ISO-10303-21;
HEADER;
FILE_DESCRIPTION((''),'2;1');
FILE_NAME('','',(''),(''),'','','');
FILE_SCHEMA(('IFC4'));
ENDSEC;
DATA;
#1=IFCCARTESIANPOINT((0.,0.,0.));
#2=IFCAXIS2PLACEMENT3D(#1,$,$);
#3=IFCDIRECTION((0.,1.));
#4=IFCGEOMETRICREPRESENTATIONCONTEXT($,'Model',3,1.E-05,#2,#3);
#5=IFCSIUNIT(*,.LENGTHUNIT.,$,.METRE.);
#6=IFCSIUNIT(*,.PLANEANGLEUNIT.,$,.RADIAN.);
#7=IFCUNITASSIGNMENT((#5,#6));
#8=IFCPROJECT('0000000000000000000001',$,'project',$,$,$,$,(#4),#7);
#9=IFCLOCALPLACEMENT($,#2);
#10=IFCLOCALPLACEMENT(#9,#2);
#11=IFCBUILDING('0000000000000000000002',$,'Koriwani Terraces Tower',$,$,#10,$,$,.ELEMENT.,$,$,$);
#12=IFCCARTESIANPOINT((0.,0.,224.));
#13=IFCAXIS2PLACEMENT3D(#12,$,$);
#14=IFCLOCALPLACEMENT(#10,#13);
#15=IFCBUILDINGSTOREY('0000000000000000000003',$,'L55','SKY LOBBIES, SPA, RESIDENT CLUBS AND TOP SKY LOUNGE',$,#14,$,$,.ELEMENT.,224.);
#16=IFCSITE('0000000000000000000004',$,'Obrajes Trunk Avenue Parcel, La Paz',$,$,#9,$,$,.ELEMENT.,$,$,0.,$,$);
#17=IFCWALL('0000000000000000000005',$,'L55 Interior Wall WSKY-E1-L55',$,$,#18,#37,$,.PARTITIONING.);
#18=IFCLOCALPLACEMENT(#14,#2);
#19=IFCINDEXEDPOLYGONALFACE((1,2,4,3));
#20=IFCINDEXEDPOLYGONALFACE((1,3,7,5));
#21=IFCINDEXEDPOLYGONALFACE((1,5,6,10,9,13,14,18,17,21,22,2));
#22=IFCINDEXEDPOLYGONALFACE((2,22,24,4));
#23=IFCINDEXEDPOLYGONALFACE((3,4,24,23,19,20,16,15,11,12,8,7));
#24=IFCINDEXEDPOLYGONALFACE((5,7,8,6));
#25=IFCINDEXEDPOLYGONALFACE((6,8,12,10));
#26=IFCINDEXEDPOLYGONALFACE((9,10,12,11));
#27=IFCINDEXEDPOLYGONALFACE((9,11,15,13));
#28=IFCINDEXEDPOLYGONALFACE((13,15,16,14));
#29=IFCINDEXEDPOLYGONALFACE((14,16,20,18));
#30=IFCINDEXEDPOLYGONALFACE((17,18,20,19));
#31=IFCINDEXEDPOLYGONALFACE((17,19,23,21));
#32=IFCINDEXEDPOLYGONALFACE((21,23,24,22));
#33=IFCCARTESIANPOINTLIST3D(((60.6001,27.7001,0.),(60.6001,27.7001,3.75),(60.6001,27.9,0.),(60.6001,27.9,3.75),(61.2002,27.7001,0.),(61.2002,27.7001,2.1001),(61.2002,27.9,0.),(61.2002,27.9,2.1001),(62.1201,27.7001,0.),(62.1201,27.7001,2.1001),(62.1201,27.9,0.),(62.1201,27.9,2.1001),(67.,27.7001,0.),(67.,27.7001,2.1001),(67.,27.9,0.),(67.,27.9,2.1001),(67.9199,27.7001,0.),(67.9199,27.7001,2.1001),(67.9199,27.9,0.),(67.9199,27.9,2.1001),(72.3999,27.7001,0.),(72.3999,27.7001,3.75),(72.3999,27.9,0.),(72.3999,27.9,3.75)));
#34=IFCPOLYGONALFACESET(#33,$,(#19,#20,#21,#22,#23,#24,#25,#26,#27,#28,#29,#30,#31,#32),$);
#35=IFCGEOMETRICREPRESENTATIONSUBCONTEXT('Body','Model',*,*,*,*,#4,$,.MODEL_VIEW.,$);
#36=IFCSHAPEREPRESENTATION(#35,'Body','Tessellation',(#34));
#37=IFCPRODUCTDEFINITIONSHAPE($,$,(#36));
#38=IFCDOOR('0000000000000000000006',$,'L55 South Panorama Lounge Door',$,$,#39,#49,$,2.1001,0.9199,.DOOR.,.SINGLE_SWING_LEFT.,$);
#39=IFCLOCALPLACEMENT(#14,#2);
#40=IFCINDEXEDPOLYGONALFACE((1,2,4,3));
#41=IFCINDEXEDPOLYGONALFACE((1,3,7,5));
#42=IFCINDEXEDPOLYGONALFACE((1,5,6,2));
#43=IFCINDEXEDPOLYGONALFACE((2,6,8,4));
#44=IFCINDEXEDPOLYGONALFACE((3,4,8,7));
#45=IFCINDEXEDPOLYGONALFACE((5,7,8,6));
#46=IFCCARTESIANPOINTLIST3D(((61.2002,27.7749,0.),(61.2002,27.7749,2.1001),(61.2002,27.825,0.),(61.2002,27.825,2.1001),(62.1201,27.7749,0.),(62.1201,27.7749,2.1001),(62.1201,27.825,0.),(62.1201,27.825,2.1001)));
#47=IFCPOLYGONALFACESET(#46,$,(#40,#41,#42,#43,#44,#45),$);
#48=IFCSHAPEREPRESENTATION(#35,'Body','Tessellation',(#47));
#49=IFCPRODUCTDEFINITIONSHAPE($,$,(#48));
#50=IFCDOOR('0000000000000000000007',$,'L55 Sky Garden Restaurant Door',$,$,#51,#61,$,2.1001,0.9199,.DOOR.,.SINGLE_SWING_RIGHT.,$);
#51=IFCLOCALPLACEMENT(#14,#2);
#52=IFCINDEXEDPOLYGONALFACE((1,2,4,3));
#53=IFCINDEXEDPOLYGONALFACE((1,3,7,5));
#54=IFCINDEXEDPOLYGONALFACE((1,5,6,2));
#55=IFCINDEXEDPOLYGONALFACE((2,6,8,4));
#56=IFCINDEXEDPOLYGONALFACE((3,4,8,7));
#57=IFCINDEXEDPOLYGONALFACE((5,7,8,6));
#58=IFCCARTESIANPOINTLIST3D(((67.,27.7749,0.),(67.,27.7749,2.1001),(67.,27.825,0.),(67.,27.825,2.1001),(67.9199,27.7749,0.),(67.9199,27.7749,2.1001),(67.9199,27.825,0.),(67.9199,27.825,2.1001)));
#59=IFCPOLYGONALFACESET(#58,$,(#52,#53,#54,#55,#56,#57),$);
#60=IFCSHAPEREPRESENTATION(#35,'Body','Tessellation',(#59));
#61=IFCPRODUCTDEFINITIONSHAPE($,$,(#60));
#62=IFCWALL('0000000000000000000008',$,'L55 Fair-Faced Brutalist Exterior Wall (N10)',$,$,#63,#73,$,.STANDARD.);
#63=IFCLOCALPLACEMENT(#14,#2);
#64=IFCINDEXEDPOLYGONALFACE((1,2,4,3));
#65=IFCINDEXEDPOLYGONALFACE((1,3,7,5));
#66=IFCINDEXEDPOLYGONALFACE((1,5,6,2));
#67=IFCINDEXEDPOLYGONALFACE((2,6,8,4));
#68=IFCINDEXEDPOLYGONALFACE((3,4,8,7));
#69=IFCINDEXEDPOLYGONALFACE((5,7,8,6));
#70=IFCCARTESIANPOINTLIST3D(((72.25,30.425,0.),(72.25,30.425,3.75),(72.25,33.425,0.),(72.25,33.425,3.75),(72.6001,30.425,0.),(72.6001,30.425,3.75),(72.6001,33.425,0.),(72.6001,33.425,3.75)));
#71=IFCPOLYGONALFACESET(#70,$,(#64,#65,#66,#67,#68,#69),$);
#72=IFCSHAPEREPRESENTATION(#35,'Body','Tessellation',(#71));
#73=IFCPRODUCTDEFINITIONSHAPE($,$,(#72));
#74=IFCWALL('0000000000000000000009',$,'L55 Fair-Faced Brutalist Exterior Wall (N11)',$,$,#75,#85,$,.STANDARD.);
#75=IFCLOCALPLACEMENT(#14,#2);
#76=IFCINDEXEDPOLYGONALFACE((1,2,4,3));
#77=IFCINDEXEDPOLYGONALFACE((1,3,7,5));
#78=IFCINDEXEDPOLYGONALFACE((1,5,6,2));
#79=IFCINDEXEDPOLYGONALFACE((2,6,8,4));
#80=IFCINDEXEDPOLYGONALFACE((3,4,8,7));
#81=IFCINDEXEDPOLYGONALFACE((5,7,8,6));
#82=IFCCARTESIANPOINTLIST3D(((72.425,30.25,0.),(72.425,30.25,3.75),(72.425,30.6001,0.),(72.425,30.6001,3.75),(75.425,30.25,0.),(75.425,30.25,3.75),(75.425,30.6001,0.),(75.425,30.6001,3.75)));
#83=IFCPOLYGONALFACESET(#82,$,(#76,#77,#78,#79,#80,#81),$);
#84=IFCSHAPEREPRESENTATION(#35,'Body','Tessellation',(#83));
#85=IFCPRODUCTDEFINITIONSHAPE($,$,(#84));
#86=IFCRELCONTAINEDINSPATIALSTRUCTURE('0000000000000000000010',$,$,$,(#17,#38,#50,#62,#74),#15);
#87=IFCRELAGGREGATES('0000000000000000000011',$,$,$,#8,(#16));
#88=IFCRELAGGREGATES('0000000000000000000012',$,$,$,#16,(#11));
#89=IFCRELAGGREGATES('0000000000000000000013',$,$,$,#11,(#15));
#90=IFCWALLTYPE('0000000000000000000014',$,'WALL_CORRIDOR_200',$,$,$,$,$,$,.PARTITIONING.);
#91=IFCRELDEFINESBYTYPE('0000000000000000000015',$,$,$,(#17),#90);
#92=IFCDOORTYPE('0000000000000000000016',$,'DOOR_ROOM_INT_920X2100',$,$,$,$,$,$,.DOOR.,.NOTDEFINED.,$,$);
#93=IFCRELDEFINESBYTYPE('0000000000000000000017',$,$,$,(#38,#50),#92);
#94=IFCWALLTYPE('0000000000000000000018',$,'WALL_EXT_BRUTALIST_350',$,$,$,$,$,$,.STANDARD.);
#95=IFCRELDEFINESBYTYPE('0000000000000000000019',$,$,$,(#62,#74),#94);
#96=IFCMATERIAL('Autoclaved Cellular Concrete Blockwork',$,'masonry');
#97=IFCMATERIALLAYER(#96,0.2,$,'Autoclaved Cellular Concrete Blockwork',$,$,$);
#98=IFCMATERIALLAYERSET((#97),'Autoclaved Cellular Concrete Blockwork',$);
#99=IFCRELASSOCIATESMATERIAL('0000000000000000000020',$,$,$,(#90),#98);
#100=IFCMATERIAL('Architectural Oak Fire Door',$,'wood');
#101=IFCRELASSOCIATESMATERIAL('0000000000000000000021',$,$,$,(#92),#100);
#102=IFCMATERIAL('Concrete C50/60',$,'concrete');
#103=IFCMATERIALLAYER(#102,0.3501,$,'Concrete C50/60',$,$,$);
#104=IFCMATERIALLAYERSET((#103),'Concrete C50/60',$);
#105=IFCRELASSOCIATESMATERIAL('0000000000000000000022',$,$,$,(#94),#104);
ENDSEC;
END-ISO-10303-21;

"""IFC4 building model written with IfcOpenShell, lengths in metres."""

from ifc_helpers import new_model, si_unit, direction, frame, frame_2d, origin, place, context, subcontext, project, spatial, rectangle, extrude, material, layer, layer_set, type_object, element, fill, save


model = new_model("IFC4")

# Units and contexts
model_context = context("Model", 3, precision=1e-05, world=origin(), true_north=direction((0.0, 1.0)))
body_context = subcontext(model_context, "Body", "Model", "MODEL_VIEW")
ifc_project = project(units=[si_unit("LENGTHUNIT", "METRE"), si_unit("PLANEANGLEUNIT", "RADIAN")], contexts=[model_context])

# Site, building, storey
site_placement = place(None, origin())
site = spatial("IfcSite", under=ifc_project, at=site_placement, Name="Obrajes Trunk Avenue Parcel, La Paz", CompositionType="ELEMENT", RefElevation=0.0)
building_placement = place(site_placement, origin())
building = spatial("IfcBuilding", under=site, at=building_placement, Name="Koriwani Terraces Tower", CompositionType="ELEMENT")
storey_placement = place(building_placement, frame((0.0, 0.0, 224.0)))
storey = spatial("IfcBuildingStorey", under=building, at=storey_placement, Name="L55", Description="SKY LOBBIES, SPA, RESIDENT CLUBS AND TOP SKY LOUNGE", CompositionType="ELEMENT", Elevation=224.0)

# Shared definitions
ifc_material_1 = material(Name="Concrete C50/60", Category="concrete")

# Wall, openings, doors
ifc_material_2 = material(Name="Autoclaved Cellular Concrete Blockwork", Category="masonry")
ifc_layer_1 = layer(ifc_material_2, 0.2, Name="Autoclaved Cellular Concrete Blockwork")
ifc_layer_set_1 = layer_set([ifc_layer_1], Name="Autoclaved Cellular Concrete Blockwork")
wall_type_1 = type_object("IfcWallType", Name="WALL_CORRIDOR_200", PredefinedType="PARTITIONING", material=ifc_layer_set_1)
wall_1_placement = place(storey_placement, frame((60.6001, 27.8, 0.0), z_axis=(0.0, 0.0, 1.0), x_axis=(1.0, 0.0, 0.0)))
wall_1 = element("IfcWall", 1, at=wall_1_placement, inside=storey, type_object=wall_type_1, Name="L55 Interior Wall WSKY-E1-L55", PredefinedType="PARTITIONING", context=body_context, shape_type="SweptSolid", body=[
    extrude(rectangle(XDim=11.7998, YDim=0.2, at=frame_2d((5.8999, 0.0))), origin(), (0.0, 0.0, 1.0), 3.75),
])
opening_1_placement = place(wall_1_placement, frame((0.6001, 0.0, 0.0)))
opening_1 = element("IfcOpeningElement", 2, at=opening_1_placement, cuts=wall_1, PredefinedType="OPENING", context=body_context, shape_type="SweptSolid", body=[
    extrude(rectangle(XDim=0.9199, YDim=2.1001, at=frame_2d((0.46, 1.05))), frame((0.0, 0.1099, 0.0), z_axis=(0.0, -1.0, 0.0), x_axis=(1.0, 0.0, 0.0)), (0.0, 0.0, 1.0), 0.22),
])
opening_2_placement = place(wall_1_placement, frame((6.3999, 0.0, 0.0)))
opening_2 = element("IfcOpeningElement", 3, at=opening_2_placement, cuts=wall_1, PredefinedType="OPENING", context=body_context, shape_type="SweptSolid", body=[
    extrude(rectangle(XDim=0.9199, YDim=2.1001, at=frame_2d((0.46, 1.05))), frame((0.0, 0.1099, 0.0), z_axis=(0.0, -1.0, 0.0), x_axis=(1.0, 0.0, 0.0)), (0.0, 0.0, 1.0), 0.22),
])
ifc_material_3 = material(Name="Architectural Oak Fire Door", Category="wood")
door_type_1 = type_object("IfcDoorType", Name="DOOR_ROOM_INT_920X2100", OperationType="NOTDEFINED", PredefinedType="DOOR", material=ifc_material_3)
door_1_placement = place(opening_1_placement, origin())
door_1 = element("IfcDoor", 4, at=door_1_placement, inside=storey, type_object=door_type_1, Name="L55 South Panorama Lounge Door", OperationType="SINGLE_SWING_LEFT", OverallHeight=2.1001, OverallWidth=0.9199, PredefinedType="DOOR", context=body_context, shape_type="SweptSolid", body=[
    extrude(rectangle(XDim=0.9199, YDim=2.1001, at=frame_2d((0.46, 1.05))), frame((0.0, 0.0249, 0.0), z_axis=(0.0, -1.0, 0.0), x_axis=(1.0, 0.0, 0.0)), (0.0, 0.0, 1.0), 0.05),
])
fill(opening_1, door_1)
door_2_placement = place(opening_2_placement, origin())
door_2 = element("IfcDoor", 5, at=door_2_placement, inside=storey, type_object=door_type_1, Name="L55 Sky Garden Restaurant Door", OperationType="SINGLE_SWING_RIGHT", OverallHeight=2.1001, OverallWidth=0.9199, PredefinedType="DOOR", context=body_context, shape_type="SweptSolid", body=[
    extrude(rectangle(XDim=0.9199, YDim=2.1001, at=frame_2d((0.46, 1.05))), frame((0.0, 0.0249, 0.0), z_axis=(0.0, -1.0, 0.0), x_axis=(1.0, 0.0, 0.0)), (0.0, 0.0, 1.0), 0.05),
])
fill(opening_2, door_2)

# Walls
ifc_layer_2 = layer(ifc_material_1, 0.3501, Name="Concrete C50/60")
ifc_layer_set_2 = layer_set([ifc_layer_2], Name="Concrete C50/60")
wall_type_2 = type_object("IfcWallType", Name="WALL_EXT_BRUTALIST_350", PredefinedType="STANDARD", material=ifc_layer_set_2)
for number, where, z_axis, x_axis, name in (
    (6, (72.425, 33.425, 0.0), (0.0, 0.0, 1.0), (0.0, -1.0, 0.0), "L55 Fair-Faced Brutalist Exterior Wall (N10)"),
    (7, (72.425, 30.425, 0.0), (0.0, 0.0, 1.0), (1.0, 0.0, 0.0), "L55 Fair-Faced Brutalist Exterior Wall (N11)"),
):
    element("IfcWall", number, at=place(storey_placement, frame(where, z_axis=z_axis, x_axis=x_axis)), inside=storey, type_object=wall_type_2, Name=name, PredefinedType="STANDARD", context=body_context, shape_type="SweptSolid", body=[
        extrude(rectangle(XDim=3.0, YDim=0.3501, at=frame_2d((1.5, 0.0))), origin(), (0.0, 0.0, 1.0), 3.75),
    ])

save(model, "model.ifc")
